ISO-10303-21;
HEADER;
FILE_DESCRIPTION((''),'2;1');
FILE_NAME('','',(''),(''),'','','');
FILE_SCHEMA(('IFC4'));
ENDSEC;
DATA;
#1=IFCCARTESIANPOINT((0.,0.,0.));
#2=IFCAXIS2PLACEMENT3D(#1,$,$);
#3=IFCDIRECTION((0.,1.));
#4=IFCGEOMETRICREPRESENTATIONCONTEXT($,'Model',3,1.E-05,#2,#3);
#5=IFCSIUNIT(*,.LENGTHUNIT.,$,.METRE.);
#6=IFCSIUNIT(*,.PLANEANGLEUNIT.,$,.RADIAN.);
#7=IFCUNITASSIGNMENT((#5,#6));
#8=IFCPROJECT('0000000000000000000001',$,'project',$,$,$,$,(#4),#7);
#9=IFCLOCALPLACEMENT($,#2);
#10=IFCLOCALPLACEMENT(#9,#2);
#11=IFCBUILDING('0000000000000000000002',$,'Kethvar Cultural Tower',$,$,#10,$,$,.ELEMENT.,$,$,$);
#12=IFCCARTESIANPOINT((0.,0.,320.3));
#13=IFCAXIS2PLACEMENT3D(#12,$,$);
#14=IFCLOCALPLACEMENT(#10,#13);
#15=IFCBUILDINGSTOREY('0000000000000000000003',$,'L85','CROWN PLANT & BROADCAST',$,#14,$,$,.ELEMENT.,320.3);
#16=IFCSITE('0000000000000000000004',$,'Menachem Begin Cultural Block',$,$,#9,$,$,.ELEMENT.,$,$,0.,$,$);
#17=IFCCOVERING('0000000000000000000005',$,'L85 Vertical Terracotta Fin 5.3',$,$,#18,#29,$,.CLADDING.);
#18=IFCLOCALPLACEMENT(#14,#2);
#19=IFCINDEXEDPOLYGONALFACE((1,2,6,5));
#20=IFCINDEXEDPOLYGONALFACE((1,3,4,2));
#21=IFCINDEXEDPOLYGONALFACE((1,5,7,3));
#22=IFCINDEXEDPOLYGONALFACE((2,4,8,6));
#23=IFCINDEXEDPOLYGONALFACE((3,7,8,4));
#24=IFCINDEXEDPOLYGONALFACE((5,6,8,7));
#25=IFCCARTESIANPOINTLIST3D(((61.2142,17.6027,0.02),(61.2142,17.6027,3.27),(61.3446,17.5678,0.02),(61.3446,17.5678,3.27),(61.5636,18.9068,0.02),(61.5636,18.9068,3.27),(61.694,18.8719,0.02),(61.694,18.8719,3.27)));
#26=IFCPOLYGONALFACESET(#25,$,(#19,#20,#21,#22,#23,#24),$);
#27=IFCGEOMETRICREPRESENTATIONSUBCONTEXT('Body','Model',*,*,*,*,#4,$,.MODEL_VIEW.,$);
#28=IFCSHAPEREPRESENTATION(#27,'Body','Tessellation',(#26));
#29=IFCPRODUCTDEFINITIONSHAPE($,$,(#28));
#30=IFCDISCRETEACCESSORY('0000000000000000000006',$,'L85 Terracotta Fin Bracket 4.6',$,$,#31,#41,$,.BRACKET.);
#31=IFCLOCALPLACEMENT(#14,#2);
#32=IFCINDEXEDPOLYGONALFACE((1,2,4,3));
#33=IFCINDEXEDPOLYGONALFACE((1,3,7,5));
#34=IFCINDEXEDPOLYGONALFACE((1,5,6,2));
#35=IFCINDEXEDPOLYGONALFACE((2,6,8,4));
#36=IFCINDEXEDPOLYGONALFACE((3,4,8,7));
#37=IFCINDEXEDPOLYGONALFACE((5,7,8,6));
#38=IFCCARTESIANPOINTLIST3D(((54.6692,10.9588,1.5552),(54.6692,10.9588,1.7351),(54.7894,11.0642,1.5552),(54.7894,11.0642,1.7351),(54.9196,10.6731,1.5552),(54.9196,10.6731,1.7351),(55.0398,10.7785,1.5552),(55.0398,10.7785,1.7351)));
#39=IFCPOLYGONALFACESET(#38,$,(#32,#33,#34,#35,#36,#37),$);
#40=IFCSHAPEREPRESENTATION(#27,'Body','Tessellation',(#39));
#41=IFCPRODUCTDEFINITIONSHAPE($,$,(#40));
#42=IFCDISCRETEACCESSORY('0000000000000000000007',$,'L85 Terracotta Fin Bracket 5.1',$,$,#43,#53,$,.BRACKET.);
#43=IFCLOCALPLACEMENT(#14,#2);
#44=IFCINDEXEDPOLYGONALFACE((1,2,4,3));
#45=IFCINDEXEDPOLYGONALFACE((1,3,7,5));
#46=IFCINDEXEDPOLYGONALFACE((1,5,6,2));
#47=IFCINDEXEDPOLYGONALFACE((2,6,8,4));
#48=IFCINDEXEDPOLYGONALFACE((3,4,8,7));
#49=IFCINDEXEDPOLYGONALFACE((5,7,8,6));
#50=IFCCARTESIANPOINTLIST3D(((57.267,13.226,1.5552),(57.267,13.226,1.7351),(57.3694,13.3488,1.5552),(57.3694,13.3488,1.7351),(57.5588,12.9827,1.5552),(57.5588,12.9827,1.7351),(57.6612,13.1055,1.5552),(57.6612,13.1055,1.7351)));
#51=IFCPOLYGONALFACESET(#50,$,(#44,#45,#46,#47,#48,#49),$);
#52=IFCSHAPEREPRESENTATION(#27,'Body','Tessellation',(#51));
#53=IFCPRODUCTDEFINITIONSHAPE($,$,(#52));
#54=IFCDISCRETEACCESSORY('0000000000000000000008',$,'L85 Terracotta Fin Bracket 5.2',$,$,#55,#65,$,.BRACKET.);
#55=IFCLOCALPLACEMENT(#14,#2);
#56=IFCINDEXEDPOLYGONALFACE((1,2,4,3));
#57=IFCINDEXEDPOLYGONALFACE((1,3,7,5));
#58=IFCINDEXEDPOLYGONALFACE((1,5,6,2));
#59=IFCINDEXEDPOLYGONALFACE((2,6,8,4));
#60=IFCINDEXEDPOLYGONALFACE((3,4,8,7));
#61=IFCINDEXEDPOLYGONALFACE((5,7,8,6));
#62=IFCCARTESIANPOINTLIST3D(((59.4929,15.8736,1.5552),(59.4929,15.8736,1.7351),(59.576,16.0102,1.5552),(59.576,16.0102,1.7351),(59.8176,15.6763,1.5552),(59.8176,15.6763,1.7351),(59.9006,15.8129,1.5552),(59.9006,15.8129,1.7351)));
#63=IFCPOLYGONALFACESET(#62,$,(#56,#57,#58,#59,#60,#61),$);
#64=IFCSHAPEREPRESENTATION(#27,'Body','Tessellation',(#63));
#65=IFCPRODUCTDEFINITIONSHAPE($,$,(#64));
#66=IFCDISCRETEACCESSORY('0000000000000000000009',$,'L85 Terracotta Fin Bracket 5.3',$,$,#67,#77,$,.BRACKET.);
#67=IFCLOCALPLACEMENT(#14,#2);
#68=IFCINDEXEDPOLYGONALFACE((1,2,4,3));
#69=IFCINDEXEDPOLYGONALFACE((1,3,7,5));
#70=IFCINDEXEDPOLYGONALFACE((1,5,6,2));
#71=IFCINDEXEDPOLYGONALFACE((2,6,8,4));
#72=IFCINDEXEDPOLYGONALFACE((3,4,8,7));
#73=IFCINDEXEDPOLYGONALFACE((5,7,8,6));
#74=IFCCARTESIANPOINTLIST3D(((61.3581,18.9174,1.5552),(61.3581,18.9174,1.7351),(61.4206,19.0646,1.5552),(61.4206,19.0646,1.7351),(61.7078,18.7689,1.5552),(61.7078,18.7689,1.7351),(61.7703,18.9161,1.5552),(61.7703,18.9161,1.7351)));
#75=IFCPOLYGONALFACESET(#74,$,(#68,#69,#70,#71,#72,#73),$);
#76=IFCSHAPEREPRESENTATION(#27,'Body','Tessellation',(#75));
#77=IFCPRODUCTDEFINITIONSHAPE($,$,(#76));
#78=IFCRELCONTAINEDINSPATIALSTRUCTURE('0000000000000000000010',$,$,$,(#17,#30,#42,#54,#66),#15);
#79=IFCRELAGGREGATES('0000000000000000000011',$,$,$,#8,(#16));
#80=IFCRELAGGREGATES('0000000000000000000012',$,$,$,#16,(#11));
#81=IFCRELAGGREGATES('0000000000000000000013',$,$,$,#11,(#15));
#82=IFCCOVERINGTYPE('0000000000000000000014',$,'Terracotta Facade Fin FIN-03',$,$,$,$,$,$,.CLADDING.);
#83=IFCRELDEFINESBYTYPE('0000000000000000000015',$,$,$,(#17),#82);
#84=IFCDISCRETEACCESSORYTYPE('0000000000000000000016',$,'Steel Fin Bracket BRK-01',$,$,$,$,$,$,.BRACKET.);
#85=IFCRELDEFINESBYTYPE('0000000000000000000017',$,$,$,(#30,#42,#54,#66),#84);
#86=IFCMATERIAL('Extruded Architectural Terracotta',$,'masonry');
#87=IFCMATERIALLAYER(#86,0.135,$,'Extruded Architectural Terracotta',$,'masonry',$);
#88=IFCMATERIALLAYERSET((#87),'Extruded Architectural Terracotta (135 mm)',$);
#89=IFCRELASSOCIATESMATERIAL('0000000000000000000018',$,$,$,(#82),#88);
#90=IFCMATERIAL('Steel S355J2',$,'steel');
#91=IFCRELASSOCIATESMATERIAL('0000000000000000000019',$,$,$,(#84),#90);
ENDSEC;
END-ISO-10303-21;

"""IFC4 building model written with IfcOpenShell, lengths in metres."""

from ifc_helpers import new_model, si_unit, direction, frame, origin, origin_2d, place, context, subcontext, project, spatial, rectangle, extrude, source, transform, mapped, material, layer, layer_set, type_object, element, save


model = new_model("IFC4")

# Units and contexts
model_context = context("Model", 3, precision=1e-05, world=origin(), true_north=direction((0.0, 1.0)))
body_context = subcontext(model_context, "Body", "Model", "MODEL_VIEW")
ifc_project = project(units=[si_unit("LENGTHUNIT", "METRE"), si_unit("PLANEANGLEUNIT", "RADIAN")], contexts=[model_context])

# Site, building, storey
site_placement = place(None, origin())
site = spatial("IfcSite", under=ifc_project, at=site_placement, Name="Menachem Begin Cultural Block", CompositionType="ELEMENT", RefElevation=0.0)
building_placement = place(site_placement, origin())
building = spatial("IfcBuilding", under=site, at=building_placement, Name="Kethvar Cultural Tower", CompositionType="ELEMENT")
storey_placement = place(building_placement, frame((0.0, 0.0, 320.3)))
storey = spatial("IfcBuildingStorey", under=building, at=storey_placement, Name="L85", Description="CROWN PLANT & BROADCAST", CompositionType="ELEMENT", Elevation=320.3)

# Shared definitions
ifc_material_1 = material(Name="Steel S355J2", Category="steel")

# Covering
ifc_material_2 = material(Name="Extruded Architectural Terracotta", Category="masonry")
ifc_layer_1 = layer(ifc_material_2, 0.135, Name="Extruded Architectural Terracotta", Category="masonry")
ifc_layer_set_1 = layer_set([ifc_layer_1], Name="Extruded Architectural Terracotta (135 mm)")
covering_type = type_object("IfcCoveringType", Name="Terracotta Facade Fin FIN-03", PredefinedType="CLADDING", material=ifc_layer_set_1)
shared_shape_1 = source(origin(), body_context, "Body", "SweptSolid", [
    extrude(rectangle(XDim=1.3501, YDim=0.135, at=origin_2d()), origin(), (0.0, 0.0, 1.0), 3.25),
])
for number, where, z_axis, x_axis, name in (
    (1, (61.4541, 18.2373, 0.02), (0.0, 0.0, 1.0), (-0.258819, -0.965926, 0.0), "L85 Vertical Terracotta Fin 5.3"),
):
    element("IfcCovering", number, at=place(storey_placement, frame(where, z_axis=z_axis, x_axis=x_axis)), inside=storey, type_object=covering_type, Name=name, PredefinedType="CLADDING", context=body_context, shape_type="MappedRepresentation", body=[
        mapped(shared_shape_1, transform((0.0, 0.0, 0.0), scale=1.0)),
    ])

# Discrete accessories
discrete_accessory_type = type_object("IfcDiscreteAccessoryType", Name="Steel Fin Bracket BRK-01", PredefinedType="BRACKET", material=ifc_material_1)
shared_shape_2 = source(origin(), body_context, "Body", "SweptSolid", [
    extrude(rectangle(XDim=0.3799, YDim=0.1599, at=origin_2d()), origin(), (0.0, 0.0, 1.0), 0.1799),
])
for number, where, z_axis, x_axis, name in (
    (2, (54.8545, 10.8687, 1.5552), (0.0, 0.0, 1.0), (0.659215, -0.751955, 0.0), "L85 Terracotta Fin Bracket 4.6"),
    (3, (57.4641, 13.1658, 1.5552), (0.0, 0.0, 1.0), (0.76806, -0.640378, 0.0), "L85 Terracotta Fin Bracket 5.1"),
    (4, (59.6968, 15.8433, 1.5552), (0.0, 0.0, 1.0), (0.854549, -0.51937, 0.0), "L85 Terracotta Fin Bracket 5.2"),
    (5, (61.5642, 18.9167, 1.5552), (0.0, 0.0, 1.0), (0.920505, -0.390731, 0.0), "L85 Terracotta Fin Bracket 5.3"),
):
    element("IfcDiscreteAccessory", number, at=place(storey_placement, frame(where, z_axis=z_axis, x_axis=x_axis)), inside=storey, type_object=discrete_accessory_type, Name=name, PredefinedType="BRACKET", context=body_context, shape_type="MappedRepresentation", body=[
        mapped(shared_shape_2, transform((0.0, 0.0, 0.0), scale=1.0)),
    ])

save(model, "model.ifc")
